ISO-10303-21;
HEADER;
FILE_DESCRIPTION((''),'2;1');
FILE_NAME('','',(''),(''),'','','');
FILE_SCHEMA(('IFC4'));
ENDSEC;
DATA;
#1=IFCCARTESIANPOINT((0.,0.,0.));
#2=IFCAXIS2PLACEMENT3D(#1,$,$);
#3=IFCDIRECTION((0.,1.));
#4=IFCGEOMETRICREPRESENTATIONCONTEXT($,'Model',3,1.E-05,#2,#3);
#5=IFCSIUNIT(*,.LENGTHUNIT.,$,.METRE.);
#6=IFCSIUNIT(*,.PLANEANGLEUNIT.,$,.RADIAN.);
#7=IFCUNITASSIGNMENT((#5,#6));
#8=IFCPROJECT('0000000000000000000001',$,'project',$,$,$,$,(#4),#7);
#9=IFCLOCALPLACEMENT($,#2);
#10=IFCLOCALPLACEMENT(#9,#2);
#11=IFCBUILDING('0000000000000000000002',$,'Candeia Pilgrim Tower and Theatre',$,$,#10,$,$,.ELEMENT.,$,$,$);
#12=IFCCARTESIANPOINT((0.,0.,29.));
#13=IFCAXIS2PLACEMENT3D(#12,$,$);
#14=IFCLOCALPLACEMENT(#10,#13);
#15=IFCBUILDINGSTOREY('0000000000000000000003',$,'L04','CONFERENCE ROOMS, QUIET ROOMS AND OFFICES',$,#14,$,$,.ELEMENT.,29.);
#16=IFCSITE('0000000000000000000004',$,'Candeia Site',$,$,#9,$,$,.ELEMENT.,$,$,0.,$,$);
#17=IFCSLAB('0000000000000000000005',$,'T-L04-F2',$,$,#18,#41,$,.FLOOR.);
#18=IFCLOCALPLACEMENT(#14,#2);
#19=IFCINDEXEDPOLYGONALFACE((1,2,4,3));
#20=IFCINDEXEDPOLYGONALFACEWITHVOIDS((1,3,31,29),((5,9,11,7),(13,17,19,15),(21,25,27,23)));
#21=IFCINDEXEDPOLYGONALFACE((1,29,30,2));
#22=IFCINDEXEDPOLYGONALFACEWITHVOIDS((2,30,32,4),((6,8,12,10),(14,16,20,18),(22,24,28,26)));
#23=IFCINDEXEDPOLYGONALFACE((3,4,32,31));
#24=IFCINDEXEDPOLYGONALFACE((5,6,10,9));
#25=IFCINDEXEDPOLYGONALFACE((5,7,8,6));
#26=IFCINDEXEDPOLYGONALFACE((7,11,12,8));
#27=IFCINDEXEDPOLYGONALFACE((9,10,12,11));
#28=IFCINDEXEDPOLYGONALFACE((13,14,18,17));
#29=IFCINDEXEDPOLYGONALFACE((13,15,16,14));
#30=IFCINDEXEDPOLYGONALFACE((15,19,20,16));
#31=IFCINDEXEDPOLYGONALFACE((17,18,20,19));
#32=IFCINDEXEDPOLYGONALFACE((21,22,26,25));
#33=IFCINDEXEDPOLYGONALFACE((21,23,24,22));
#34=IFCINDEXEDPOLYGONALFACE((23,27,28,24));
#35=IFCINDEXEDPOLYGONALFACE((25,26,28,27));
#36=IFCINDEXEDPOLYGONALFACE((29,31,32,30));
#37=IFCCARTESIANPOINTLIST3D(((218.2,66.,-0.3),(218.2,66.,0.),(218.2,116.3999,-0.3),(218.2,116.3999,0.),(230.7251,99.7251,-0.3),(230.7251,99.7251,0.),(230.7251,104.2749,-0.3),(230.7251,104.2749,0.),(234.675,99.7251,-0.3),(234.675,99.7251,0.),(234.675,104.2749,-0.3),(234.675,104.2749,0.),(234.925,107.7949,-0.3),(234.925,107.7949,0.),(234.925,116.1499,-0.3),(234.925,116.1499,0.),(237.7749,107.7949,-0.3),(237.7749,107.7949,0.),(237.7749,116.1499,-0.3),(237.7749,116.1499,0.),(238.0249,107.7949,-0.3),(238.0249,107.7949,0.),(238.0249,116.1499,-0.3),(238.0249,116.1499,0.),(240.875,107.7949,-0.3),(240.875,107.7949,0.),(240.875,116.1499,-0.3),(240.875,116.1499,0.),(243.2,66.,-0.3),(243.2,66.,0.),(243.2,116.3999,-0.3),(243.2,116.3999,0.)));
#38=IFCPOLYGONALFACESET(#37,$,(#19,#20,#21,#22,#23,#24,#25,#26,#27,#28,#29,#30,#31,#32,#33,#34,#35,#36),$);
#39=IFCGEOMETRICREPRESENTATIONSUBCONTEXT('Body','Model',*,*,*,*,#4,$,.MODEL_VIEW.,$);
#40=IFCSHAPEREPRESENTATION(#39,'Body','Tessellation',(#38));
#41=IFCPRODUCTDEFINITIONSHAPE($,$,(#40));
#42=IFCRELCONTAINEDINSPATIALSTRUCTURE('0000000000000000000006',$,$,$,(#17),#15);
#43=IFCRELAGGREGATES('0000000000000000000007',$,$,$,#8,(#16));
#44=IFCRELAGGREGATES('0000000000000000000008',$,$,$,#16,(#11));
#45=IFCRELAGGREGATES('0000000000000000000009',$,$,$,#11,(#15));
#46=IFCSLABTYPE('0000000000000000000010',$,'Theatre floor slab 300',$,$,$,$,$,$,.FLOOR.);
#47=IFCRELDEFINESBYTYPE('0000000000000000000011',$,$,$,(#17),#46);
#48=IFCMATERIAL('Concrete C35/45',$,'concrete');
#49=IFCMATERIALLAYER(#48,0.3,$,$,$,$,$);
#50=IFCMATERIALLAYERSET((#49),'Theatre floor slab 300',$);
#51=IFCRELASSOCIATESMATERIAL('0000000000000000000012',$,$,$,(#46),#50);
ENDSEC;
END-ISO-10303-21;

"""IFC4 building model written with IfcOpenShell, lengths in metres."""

from ifc_helpers import new_model, si_unit, direction, frame, origin, place, context, subcontext, project, spatial, polyline, outline, extrude, material, layer, layer_set, type_object, element, save


model = new_model("IFC4")

# Units and contexts
model_context = context("Model", 3, precision=1e-05, world=origin(), true_north=direction((0.0, 1.0)))
body_context = subcontext(model_context, "Body", "Model", "MODEL_VIEW")
ifc_project = project(units=[si_unit("LENGTHUNIT", "METRE"), si_unit("PLANEANGLEUNIT", "RADIAN")], contexts=[model_context])

# Site, building, storey
site_placement = place(None, origin())
site = spatial("IfcSite", under=ifc_project, at=site_placement, Name="Candeia Site", CompositionType="ELEMENT", RefElevation=0.0)
building_placement = place(site_placement, origin())
building = spatial("IfcBuilding", under=site, at=building_placement, Name="Candeia Pilgrim Tower and Theatre", CompositionType="ELEMENT")
storey_placement = place(building_placement, frame((0.0, 0.0, 29.0)))
storey = spatial("IfcBuildingStorey", under=building, at=storey_placement, Name="L04", Description="CONFERENCE ROOMS, QUIET ROOMS AND OFFICES", CompositionType="ELEMENT", Elevation=29.0)

# Shared definitions
ifc_material_1 = material(Name="Concrete C35/45", Category="concrete")

# Slab
ifc_layer_1 = layer(ifc_material_1, 0.3)
ifc_layer_set_1 = layer_set([ifc_layer_1], Name="Theatre floor slab 300")
slab_type_1 = type_object("IfcSlabType", Name="Theatre floor slab 300", PredefinedType="FLOOR", material=ifc_layer_set_1)
slab_1_placement = place(storey_placement, frame((0.0, 0.0, -0.3)))
element("IfcSlab", 1, at=slab_1_placement, inside=storey, type_object=slab_type_1, Name="T-L04-F2", PredefinedType="FLOOR", context=body_context, shape_type="SweptSolid", body=[
    extrude(outline(polyline([(243.2, 66.0), (218.2, 66.0), (218.2, 116.3999), (243.2, 116.3999), (243.2, 66.0)]), holes=[polyline([(234.925, 107.7949), (237.7749, 107.7949), (237.7749, 116.1499), (234.925, 116.1499), (234.925, 107.7949)]), polyline([(238.0249, 116.1499), (238.0249, 107.7949), (240.875, 107.7949), (240.875, 116.1499), (238.0249, 116.1499)]), polyline([(234.675, 104.2749), (230.7251, 104.2749), (230.7251, 99.7251), (234.675, 99.7251), (234.675, 104.2749)])]), origin(), (0.0, 0.0, 1.0), 0.3),
])

save(model, "model.ifc")
